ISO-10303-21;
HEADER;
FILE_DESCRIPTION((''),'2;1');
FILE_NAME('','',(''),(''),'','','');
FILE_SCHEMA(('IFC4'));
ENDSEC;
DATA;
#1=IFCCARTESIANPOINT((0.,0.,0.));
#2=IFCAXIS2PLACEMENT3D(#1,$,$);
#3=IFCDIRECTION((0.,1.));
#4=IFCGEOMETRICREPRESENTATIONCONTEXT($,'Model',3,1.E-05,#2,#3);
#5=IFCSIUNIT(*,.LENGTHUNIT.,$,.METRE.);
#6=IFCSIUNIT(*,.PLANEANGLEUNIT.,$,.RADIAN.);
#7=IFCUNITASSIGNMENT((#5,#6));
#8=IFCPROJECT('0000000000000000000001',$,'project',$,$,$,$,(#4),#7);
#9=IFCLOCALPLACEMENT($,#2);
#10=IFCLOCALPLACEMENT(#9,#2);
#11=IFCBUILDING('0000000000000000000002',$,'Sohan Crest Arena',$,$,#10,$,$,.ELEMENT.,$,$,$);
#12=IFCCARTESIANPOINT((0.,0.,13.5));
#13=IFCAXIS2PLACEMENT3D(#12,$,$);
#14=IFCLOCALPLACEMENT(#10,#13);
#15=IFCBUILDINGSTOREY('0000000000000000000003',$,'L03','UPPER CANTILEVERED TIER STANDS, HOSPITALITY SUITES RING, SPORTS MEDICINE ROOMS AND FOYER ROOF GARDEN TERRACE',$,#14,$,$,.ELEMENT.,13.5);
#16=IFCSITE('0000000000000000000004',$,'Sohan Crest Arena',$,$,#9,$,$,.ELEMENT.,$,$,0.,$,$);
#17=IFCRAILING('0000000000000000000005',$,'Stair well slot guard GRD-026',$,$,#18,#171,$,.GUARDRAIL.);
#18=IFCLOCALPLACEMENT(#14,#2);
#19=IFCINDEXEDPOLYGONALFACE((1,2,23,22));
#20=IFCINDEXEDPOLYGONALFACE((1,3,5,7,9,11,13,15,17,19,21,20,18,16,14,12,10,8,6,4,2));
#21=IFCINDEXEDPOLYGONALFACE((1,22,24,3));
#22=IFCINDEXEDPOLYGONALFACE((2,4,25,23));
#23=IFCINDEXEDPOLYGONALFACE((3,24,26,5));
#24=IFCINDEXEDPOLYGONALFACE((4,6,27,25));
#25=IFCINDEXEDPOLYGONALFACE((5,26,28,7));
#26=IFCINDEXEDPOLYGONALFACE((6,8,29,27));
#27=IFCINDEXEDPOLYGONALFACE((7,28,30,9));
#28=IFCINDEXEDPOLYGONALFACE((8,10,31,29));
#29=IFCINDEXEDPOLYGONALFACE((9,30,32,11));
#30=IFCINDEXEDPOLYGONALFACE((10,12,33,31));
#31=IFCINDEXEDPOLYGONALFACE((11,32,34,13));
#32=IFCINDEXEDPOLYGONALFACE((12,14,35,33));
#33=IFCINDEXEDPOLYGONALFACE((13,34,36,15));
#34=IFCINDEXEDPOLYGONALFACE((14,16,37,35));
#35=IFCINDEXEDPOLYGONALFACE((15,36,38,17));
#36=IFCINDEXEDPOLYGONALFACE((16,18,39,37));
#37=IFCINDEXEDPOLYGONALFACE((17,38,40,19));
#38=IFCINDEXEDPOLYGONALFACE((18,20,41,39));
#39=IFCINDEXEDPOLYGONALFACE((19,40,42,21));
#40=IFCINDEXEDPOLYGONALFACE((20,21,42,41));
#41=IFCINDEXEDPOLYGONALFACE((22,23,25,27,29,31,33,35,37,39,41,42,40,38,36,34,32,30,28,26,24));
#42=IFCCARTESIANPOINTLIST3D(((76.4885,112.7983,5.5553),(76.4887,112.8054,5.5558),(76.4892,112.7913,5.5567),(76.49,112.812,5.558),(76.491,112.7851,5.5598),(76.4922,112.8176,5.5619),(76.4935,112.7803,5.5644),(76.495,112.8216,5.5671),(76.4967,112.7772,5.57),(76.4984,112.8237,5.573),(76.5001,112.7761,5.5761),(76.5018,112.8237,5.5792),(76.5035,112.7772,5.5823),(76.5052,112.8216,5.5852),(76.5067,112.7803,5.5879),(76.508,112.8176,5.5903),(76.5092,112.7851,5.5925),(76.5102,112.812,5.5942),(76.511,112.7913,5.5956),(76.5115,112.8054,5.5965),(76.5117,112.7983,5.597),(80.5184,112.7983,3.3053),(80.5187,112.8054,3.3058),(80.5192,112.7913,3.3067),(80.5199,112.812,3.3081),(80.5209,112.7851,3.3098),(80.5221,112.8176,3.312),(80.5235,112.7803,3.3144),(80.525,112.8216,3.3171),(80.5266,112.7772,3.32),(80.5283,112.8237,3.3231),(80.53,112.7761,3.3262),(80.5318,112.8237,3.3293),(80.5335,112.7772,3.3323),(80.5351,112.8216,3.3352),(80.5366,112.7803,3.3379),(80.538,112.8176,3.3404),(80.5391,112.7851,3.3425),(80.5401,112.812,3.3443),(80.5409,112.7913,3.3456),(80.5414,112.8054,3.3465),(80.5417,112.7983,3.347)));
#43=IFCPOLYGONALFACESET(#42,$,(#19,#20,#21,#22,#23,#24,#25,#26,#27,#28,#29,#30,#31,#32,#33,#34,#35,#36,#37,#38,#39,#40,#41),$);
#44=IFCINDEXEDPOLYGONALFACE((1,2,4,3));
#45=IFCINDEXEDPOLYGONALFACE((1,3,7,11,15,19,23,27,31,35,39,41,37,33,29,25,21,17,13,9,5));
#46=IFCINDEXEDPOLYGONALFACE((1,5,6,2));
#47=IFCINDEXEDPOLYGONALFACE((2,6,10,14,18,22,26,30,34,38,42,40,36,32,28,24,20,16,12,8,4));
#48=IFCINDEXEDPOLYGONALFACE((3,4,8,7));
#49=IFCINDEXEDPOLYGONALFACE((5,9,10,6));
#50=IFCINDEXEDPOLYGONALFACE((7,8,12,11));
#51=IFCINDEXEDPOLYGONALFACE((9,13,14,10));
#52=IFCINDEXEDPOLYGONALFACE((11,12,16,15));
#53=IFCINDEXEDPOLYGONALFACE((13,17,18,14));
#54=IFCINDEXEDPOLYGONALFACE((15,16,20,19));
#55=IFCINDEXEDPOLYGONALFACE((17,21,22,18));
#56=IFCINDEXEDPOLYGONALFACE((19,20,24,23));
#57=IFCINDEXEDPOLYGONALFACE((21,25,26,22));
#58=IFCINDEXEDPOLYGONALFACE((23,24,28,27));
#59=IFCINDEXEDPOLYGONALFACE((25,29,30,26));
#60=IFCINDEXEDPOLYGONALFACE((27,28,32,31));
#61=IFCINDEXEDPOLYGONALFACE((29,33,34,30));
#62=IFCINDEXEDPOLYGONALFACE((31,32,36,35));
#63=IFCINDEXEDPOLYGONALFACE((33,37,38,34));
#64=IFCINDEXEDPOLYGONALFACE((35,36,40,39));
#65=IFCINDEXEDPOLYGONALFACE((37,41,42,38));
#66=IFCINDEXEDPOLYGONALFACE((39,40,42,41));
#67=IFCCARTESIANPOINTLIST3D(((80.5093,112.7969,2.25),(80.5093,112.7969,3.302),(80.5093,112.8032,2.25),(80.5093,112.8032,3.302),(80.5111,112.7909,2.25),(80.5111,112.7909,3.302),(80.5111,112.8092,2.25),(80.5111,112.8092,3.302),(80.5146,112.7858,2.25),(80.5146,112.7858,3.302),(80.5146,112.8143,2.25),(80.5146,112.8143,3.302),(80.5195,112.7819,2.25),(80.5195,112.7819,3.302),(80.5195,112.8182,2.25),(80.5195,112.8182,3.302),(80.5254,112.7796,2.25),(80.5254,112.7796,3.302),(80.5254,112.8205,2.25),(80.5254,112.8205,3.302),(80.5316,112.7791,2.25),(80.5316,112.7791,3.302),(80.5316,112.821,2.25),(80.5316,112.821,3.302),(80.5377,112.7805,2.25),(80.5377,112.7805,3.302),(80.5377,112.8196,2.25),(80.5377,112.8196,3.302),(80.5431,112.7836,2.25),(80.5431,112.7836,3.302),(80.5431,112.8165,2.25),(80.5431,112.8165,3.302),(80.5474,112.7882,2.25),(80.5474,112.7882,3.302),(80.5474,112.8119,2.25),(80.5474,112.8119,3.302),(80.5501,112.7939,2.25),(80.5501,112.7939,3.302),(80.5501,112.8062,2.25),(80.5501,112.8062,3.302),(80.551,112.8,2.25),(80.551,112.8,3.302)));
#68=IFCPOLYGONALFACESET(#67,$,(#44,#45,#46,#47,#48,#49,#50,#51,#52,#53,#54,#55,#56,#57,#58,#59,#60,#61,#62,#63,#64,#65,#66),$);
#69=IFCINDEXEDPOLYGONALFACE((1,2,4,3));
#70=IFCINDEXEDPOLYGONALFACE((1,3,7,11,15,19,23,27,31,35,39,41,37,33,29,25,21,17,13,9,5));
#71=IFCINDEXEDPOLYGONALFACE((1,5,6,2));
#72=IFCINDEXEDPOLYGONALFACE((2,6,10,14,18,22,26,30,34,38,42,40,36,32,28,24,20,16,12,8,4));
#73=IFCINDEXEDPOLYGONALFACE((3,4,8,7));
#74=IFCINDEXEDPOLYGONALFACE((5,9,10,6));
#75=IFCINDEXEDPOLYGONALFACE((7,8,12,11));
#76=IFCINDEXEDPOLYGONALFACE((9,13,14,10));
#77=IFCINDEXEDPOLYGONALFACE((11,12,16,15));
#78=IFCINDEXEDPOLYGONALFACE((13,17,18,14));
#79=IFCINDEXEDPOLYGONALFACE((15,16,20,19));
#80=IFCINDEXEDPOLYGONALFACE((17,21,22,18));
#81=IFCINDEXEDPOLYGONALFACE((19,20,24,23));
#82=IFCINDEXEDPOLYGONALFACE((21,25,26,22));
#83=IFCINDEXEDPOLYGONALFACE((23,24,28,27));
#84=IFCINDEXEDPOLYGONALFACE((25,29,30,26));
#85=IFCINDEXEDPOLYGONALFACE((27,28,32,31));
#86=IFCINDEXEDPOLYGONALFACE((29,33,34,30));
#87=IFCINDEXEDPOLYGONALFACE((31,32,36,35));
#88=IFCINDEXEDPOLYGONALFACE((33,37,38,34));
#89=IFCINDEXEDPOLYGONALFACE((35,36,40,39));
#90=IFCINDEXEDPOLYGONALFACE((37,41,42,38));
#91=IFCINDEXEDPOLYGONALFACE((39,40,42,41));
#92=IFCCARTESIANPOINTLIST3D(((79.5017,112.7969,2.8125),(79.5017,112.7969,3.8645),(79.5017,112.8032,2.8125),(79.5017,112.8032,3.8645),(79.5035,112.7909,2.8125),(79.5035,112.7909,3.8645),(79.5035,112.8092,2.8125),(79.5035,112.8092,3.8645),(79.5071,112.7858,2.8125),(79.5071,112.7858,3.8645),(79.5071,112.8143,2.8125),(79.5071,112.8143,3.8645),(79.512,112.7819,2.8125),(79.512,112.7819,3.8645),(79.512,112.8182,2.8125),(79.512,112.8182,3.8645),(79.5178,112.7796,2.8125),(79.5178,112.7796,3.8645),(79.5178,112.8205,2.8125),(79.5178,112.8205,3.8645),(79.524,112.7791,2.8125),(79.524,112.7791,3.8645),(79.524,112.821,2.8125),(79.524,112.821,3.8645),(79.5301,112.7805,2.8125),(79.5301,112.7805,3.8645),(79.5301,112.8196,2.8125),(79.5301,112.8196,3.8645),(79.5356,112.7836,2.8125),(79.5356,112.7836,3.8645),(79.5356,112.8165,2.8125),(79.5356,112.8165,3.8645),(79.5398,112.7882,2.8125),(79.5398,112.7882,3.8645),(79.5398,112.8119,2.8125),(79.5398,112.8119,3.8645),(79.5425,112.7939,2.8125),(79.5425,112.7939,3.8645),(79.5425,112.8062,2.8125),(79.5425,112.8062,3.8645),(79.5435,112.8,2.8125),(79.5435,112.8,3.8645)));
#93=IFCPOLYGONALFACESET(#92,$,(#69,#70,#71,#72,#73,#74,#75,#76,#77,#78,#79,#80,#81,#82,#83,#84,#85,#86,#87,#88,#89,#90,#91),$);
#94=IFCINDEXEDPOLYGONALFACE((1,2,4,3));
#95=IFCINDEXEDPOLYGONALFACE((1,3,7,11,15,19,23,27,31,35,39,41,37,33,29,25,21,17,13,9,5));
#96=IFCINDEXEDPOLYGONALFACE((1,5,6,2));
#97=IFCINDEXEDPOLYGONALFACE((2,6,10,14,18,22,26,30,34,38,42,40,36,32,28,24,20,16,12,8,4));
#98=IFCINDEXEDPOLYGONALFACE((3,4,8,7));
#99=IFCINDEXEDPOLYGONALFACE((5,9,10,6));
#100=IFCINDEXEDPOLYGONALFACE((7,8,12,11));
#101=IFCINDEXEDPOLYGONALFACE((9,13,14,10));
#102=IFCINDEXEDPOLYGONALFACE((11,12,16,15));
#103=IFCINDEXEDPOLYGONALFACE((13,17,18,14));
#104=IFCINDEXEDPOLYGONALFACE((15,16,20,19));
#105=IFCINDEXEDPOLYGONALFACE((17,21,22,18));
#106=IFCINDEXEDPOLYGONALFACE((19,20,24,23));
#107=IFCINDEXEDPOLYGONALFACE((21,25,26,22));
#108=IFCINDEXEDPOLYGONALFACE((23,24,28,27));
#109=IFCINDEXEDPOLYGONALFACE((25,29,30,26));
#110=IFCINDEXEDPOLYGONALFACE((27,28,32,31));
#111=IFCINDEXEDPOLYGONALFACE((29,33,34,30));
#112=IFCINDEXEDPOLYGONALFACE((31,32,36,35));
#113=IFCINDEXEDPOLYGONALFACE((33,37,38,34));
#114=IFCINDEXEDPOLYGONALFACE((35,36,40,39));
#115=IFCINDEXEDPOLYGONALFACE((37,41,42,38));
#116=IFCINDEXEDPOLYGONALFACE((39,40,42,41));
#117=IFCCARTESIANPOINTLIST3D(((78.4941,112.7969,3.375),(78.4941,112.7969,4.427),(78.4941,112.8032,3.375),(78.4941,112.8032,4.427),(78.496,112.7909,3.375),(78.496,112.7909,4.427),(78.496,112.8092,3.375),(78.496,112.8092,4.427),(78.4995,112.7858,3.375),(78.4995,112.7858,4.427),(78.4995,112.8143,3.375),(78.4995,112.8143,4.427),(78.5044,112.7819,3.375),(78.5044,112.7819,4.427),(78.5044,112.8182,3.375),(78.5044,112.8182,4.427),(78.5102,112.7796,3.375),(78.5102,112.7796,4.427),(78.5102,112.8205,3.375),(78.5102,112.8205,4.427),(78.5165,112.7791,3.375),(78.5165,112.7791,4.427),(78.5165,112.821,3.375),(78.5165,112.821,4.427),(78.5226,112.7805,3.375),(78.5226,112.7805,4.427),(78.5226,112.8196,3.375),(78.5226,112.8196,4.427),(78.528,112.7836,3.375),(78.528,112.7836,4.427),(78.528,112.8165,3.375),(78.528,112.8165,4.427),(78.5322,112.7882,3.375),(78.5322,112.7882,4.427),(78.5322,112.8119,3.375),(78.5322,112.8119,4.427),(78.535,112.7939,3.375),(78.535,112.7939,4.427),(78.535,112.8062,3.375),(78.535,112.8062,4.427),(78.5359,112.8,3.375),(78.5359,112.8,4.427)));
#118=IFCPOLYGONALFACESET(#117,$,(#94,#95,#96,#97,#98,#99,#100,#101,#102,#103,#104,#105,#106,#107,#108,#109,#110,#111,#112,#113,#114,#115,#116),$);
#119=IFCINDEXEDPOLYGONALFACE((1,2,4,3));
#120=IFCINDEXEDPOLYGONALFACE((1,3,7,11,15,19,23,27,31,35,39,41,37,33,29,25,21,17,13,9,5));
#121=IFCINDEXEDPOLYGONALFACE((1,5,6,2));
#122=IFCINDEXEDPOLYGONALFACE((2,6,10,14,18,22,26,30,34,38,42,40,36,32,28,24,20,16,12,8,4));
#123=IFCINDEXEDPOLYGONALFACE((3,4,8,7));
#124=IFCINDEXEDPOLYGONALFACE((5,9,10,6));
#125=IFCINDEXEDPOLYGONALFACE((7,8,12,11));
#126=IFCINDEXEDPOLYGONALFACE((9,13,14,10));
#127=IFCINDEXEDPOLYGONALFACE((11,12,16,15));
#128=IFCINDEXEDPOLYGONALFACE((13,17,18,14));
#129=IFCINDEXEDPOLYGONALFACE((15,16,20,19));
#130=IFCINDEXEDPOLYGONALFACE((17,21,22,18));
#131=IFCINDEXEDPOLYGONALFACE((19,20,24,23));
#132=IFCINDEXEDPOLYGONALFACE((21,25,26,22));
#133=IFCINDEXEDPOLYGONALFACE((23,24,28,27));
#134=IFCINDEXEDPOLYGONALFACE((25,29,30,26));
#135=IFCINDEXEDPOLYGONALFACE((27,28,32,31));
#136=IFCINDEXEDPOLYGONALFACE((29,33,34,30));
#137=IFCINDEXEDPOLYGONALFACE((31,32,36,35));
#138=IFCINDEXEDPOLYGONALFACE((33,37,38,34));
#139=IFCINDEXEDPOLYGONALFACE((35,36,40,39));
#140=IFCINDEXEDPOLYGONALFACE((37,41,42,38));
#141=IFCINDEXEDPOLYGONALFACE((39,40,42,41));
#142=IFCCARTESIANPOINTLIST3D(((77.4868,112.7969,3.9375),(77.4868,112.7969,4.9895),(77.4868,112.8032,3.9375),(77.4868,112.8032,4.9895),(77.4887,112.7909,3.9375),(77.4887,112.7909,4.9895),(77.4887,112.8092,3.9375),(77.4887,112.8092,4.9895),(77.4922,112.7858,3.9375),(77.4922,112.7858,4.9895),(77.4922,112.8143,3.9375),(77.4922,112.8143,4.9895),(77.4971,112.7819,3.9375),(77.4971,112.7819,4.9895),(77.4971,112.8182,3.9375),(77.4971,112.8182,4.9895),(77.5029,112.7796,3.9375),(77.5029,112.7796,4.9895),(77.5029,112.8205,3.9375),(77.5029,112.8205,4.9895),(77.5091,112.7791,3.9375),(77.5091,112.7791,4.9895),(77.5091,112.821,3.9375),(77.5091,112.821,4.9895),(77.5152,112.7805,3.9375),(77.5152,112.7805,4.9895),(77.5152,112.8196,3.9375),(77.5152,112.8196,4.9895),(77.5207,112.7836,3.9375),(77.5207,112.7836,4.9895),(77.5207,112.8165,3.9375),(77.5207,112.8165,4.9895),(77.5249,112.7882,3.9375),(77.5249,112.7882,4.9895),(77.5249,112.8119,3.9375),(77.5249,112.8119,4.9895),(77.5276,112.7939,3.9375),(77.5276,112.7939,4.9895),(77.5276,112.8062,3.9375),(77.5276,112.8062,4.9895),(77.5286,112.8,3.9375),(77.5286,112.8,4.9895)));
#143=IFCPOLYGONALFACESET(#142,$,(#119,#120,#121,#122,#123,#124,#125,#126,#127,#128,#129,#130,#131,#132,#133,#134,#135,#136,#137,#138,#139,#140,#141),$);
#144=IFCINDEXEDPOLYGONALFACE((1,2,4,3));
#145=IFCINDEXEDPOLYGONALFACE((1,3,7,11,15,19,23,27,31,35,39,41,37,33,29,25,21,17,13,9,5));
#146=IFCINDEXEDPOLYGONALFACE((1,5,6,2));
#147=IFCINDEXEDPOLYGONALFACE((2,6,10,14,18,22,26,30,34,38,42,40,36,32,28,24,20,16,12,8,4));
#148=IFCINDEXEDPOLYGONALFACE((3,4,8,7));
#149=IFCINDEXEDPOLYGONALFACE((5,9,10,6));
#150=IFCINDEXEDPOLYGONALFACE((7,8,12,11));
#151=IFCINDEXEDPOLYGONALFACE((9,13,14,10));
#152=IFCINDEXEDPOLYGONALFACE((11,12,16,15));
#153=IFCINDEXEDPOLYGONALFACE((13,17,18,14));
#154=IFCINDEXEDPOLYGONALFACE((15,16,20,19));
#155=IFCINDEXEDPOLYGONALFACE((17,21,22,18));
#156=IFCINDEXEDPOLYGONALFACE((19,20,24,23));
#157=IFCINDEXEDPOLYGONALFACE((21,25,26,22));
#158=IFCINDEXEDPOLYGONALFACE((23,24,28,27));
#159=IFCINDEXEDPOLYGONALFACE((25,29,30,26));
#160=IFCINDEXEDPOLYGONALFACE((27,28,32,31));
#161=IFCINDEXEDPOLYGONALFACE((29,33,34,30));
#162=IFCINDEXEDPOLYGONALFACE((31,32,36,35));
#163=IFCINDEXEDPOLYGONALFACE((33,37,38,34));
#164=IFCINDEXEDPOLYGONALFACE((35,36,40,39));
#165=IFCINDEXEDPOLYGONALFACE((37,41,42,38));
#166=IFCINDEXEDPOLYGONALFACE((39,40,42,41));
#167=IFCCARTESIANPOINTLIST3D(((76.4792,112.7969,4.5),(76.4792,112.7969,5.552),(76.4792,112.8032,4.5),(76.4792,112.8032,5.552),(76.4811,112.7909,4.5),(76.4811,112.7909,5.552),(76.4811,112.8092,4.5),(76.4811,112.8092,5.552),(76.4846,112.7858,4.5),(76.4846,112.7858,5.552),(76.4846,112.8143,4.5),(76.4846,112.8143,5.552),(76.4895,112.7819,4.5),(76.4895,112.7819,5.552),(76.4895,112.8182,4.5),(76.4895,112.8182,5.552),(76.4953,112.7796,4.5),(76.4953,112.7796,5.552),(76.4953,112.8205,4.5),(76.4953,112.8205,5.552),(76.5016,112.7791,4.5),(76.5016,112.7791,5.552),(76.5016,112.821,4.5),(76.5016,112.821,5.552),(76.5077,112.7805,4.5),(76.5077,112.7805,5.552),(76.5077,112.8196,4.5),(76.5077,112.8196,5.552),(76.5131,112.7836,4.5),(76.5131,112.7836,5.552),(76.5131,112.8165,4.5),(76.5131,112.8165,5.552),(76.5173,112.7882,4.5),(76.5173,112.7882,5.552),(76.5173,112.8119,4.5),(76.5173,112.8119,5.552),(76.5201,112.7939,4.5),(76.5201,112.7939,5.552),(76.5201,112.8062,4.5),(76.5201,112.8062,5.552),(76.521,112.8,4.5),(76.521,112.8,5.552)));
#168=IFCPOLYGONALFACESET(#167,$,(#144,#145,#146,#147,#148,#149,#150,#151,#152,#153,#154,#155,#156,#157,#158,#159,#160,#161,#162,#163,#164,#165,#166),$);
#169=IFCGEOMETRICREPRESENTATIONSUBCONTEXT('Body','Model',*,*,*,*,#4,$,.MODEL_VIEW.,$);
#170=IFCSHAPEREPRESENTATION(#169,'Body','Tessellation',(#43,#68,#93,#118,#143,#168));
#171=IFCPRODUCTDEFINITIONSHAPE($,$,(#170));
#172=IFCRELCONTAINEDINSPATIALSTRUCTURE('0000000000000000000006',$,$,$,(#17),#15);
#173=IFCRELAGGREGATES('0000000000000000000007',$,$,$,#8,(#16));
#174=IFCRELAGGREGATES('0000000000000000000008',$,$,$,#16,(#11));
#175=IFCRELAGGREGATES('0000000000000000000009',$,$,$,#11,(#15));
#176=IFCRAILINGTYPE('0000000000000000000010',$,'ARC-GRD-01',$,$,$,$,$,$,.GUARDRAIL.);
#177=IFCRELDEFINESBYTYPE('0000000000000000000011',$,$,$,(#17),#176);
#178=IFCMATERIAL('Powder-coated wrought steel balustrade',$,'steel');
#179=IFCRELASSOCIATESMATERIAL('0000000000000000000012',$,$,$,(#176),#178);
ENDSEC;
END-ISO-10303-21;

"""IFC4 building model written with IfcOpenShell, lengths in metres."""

from ifc_helpers import new_model, si_unit, direction, frame, origin, origin_2d, place, context, subcontext, project, spatial, circle, extrude, material, type_object, element, save


model = new_model("IFC4")

# Units and contexts
model_context = context("Model", 3, precision=1e-05, world=origin(), true_north=direction((0.0, 1.0)))
body_context = subcontext(model_context, "Body", "Model", "MODEL_VIEW")
ifc_project = project(units=[si_unit("LENGTHUNIT", "METRE"), si_unit("PLANEANGLEUNIT", "RADIAN")], contexts=[model_context])

# Site, building, storey
site_placement = place(None, origin())
site = spatial("IfcSite", under=ifc_project, at=site_placement, Name="Sohan Crest Arena", CompositionType="ELEMENT", RefElevation=0.0)
building_placement = place(site_placement, origin())
building = spatial("IfcBuilding", under=site, at=building_placement, Name="Sohan Crest Arena", CompositionType="ELEMENT")
storey_placement = place(building_placement, frame((0.0, 0.0, 13.5)))
storey = spatial("IfcBuildingStorey", under=building, at=storey_placement, Name="L03", Description="UPPER CANTILEVERED TIER STANDS, HOSPITALITY SUITES RING, SPORTS MEDICINE ROOMS AND FOYER ROOF GARDEN TERRACE", CompositionType="ELEMENT", Elevation=13.5)

# Railing
ifc_material_1 = material(Name="Powder-coated wrought steel balustrade", Category="steel")
railing_type_1 = type_object("IfcRailingType", Name="ARC-GRD-01", PredefinedType="GUARDRAIL", material=ifc_material_1)
railing_1_placement = place(storey_placement, frame((80.53, 112.8, 2.25)))
element("IfcRailing", 1, at=railing_1_placement, inside=storey, type_object=railing_type_1, Name="Stair well slot guard GRD-026", PredefinedType="GUARDRAIL", context=body_context, shape_type="SweptSolid", body=[
    extrude(circle(Radius=0.0239, at=origin_2d()), frame((0.0, 0.0, 1.0762), z_axis=(-0.873135, 0.0, 0.487479), x_axis=(0.0, -1.0, 0.0)), (0.0, 0.0, 1.0), 4.6155),
    extrude(circle(Radius=0.021, at=origin_2d()), origin(), (0.0, 0.0, 1.0), 1.052),
    extrude(circle(Radius=0.021, at=origin_2d()), frame((-1.0076, 0.0, 0.5625)), (0.0, 0.0, 1.0), 1.052),
    extrude(circle(Radius=0.021, at=origin_2d()), frame((-2.0151, 0.0, 1.125)), (0.0, 0.0, 1.0), 1.052),
    extrude(circle(Radius=0.021, at=origin_2d()), frame((-3.0225, 0.0, 1.6875)), (0.0, 0.0, 1.0), 1.052),
    extrude(circle(Radius=0.021, at=origin_2d()), frame((-4.03, 0.0, 2.25)), (0.0, 0.0, 1.0), 1.052),
])

save(model, "model.ifc")
